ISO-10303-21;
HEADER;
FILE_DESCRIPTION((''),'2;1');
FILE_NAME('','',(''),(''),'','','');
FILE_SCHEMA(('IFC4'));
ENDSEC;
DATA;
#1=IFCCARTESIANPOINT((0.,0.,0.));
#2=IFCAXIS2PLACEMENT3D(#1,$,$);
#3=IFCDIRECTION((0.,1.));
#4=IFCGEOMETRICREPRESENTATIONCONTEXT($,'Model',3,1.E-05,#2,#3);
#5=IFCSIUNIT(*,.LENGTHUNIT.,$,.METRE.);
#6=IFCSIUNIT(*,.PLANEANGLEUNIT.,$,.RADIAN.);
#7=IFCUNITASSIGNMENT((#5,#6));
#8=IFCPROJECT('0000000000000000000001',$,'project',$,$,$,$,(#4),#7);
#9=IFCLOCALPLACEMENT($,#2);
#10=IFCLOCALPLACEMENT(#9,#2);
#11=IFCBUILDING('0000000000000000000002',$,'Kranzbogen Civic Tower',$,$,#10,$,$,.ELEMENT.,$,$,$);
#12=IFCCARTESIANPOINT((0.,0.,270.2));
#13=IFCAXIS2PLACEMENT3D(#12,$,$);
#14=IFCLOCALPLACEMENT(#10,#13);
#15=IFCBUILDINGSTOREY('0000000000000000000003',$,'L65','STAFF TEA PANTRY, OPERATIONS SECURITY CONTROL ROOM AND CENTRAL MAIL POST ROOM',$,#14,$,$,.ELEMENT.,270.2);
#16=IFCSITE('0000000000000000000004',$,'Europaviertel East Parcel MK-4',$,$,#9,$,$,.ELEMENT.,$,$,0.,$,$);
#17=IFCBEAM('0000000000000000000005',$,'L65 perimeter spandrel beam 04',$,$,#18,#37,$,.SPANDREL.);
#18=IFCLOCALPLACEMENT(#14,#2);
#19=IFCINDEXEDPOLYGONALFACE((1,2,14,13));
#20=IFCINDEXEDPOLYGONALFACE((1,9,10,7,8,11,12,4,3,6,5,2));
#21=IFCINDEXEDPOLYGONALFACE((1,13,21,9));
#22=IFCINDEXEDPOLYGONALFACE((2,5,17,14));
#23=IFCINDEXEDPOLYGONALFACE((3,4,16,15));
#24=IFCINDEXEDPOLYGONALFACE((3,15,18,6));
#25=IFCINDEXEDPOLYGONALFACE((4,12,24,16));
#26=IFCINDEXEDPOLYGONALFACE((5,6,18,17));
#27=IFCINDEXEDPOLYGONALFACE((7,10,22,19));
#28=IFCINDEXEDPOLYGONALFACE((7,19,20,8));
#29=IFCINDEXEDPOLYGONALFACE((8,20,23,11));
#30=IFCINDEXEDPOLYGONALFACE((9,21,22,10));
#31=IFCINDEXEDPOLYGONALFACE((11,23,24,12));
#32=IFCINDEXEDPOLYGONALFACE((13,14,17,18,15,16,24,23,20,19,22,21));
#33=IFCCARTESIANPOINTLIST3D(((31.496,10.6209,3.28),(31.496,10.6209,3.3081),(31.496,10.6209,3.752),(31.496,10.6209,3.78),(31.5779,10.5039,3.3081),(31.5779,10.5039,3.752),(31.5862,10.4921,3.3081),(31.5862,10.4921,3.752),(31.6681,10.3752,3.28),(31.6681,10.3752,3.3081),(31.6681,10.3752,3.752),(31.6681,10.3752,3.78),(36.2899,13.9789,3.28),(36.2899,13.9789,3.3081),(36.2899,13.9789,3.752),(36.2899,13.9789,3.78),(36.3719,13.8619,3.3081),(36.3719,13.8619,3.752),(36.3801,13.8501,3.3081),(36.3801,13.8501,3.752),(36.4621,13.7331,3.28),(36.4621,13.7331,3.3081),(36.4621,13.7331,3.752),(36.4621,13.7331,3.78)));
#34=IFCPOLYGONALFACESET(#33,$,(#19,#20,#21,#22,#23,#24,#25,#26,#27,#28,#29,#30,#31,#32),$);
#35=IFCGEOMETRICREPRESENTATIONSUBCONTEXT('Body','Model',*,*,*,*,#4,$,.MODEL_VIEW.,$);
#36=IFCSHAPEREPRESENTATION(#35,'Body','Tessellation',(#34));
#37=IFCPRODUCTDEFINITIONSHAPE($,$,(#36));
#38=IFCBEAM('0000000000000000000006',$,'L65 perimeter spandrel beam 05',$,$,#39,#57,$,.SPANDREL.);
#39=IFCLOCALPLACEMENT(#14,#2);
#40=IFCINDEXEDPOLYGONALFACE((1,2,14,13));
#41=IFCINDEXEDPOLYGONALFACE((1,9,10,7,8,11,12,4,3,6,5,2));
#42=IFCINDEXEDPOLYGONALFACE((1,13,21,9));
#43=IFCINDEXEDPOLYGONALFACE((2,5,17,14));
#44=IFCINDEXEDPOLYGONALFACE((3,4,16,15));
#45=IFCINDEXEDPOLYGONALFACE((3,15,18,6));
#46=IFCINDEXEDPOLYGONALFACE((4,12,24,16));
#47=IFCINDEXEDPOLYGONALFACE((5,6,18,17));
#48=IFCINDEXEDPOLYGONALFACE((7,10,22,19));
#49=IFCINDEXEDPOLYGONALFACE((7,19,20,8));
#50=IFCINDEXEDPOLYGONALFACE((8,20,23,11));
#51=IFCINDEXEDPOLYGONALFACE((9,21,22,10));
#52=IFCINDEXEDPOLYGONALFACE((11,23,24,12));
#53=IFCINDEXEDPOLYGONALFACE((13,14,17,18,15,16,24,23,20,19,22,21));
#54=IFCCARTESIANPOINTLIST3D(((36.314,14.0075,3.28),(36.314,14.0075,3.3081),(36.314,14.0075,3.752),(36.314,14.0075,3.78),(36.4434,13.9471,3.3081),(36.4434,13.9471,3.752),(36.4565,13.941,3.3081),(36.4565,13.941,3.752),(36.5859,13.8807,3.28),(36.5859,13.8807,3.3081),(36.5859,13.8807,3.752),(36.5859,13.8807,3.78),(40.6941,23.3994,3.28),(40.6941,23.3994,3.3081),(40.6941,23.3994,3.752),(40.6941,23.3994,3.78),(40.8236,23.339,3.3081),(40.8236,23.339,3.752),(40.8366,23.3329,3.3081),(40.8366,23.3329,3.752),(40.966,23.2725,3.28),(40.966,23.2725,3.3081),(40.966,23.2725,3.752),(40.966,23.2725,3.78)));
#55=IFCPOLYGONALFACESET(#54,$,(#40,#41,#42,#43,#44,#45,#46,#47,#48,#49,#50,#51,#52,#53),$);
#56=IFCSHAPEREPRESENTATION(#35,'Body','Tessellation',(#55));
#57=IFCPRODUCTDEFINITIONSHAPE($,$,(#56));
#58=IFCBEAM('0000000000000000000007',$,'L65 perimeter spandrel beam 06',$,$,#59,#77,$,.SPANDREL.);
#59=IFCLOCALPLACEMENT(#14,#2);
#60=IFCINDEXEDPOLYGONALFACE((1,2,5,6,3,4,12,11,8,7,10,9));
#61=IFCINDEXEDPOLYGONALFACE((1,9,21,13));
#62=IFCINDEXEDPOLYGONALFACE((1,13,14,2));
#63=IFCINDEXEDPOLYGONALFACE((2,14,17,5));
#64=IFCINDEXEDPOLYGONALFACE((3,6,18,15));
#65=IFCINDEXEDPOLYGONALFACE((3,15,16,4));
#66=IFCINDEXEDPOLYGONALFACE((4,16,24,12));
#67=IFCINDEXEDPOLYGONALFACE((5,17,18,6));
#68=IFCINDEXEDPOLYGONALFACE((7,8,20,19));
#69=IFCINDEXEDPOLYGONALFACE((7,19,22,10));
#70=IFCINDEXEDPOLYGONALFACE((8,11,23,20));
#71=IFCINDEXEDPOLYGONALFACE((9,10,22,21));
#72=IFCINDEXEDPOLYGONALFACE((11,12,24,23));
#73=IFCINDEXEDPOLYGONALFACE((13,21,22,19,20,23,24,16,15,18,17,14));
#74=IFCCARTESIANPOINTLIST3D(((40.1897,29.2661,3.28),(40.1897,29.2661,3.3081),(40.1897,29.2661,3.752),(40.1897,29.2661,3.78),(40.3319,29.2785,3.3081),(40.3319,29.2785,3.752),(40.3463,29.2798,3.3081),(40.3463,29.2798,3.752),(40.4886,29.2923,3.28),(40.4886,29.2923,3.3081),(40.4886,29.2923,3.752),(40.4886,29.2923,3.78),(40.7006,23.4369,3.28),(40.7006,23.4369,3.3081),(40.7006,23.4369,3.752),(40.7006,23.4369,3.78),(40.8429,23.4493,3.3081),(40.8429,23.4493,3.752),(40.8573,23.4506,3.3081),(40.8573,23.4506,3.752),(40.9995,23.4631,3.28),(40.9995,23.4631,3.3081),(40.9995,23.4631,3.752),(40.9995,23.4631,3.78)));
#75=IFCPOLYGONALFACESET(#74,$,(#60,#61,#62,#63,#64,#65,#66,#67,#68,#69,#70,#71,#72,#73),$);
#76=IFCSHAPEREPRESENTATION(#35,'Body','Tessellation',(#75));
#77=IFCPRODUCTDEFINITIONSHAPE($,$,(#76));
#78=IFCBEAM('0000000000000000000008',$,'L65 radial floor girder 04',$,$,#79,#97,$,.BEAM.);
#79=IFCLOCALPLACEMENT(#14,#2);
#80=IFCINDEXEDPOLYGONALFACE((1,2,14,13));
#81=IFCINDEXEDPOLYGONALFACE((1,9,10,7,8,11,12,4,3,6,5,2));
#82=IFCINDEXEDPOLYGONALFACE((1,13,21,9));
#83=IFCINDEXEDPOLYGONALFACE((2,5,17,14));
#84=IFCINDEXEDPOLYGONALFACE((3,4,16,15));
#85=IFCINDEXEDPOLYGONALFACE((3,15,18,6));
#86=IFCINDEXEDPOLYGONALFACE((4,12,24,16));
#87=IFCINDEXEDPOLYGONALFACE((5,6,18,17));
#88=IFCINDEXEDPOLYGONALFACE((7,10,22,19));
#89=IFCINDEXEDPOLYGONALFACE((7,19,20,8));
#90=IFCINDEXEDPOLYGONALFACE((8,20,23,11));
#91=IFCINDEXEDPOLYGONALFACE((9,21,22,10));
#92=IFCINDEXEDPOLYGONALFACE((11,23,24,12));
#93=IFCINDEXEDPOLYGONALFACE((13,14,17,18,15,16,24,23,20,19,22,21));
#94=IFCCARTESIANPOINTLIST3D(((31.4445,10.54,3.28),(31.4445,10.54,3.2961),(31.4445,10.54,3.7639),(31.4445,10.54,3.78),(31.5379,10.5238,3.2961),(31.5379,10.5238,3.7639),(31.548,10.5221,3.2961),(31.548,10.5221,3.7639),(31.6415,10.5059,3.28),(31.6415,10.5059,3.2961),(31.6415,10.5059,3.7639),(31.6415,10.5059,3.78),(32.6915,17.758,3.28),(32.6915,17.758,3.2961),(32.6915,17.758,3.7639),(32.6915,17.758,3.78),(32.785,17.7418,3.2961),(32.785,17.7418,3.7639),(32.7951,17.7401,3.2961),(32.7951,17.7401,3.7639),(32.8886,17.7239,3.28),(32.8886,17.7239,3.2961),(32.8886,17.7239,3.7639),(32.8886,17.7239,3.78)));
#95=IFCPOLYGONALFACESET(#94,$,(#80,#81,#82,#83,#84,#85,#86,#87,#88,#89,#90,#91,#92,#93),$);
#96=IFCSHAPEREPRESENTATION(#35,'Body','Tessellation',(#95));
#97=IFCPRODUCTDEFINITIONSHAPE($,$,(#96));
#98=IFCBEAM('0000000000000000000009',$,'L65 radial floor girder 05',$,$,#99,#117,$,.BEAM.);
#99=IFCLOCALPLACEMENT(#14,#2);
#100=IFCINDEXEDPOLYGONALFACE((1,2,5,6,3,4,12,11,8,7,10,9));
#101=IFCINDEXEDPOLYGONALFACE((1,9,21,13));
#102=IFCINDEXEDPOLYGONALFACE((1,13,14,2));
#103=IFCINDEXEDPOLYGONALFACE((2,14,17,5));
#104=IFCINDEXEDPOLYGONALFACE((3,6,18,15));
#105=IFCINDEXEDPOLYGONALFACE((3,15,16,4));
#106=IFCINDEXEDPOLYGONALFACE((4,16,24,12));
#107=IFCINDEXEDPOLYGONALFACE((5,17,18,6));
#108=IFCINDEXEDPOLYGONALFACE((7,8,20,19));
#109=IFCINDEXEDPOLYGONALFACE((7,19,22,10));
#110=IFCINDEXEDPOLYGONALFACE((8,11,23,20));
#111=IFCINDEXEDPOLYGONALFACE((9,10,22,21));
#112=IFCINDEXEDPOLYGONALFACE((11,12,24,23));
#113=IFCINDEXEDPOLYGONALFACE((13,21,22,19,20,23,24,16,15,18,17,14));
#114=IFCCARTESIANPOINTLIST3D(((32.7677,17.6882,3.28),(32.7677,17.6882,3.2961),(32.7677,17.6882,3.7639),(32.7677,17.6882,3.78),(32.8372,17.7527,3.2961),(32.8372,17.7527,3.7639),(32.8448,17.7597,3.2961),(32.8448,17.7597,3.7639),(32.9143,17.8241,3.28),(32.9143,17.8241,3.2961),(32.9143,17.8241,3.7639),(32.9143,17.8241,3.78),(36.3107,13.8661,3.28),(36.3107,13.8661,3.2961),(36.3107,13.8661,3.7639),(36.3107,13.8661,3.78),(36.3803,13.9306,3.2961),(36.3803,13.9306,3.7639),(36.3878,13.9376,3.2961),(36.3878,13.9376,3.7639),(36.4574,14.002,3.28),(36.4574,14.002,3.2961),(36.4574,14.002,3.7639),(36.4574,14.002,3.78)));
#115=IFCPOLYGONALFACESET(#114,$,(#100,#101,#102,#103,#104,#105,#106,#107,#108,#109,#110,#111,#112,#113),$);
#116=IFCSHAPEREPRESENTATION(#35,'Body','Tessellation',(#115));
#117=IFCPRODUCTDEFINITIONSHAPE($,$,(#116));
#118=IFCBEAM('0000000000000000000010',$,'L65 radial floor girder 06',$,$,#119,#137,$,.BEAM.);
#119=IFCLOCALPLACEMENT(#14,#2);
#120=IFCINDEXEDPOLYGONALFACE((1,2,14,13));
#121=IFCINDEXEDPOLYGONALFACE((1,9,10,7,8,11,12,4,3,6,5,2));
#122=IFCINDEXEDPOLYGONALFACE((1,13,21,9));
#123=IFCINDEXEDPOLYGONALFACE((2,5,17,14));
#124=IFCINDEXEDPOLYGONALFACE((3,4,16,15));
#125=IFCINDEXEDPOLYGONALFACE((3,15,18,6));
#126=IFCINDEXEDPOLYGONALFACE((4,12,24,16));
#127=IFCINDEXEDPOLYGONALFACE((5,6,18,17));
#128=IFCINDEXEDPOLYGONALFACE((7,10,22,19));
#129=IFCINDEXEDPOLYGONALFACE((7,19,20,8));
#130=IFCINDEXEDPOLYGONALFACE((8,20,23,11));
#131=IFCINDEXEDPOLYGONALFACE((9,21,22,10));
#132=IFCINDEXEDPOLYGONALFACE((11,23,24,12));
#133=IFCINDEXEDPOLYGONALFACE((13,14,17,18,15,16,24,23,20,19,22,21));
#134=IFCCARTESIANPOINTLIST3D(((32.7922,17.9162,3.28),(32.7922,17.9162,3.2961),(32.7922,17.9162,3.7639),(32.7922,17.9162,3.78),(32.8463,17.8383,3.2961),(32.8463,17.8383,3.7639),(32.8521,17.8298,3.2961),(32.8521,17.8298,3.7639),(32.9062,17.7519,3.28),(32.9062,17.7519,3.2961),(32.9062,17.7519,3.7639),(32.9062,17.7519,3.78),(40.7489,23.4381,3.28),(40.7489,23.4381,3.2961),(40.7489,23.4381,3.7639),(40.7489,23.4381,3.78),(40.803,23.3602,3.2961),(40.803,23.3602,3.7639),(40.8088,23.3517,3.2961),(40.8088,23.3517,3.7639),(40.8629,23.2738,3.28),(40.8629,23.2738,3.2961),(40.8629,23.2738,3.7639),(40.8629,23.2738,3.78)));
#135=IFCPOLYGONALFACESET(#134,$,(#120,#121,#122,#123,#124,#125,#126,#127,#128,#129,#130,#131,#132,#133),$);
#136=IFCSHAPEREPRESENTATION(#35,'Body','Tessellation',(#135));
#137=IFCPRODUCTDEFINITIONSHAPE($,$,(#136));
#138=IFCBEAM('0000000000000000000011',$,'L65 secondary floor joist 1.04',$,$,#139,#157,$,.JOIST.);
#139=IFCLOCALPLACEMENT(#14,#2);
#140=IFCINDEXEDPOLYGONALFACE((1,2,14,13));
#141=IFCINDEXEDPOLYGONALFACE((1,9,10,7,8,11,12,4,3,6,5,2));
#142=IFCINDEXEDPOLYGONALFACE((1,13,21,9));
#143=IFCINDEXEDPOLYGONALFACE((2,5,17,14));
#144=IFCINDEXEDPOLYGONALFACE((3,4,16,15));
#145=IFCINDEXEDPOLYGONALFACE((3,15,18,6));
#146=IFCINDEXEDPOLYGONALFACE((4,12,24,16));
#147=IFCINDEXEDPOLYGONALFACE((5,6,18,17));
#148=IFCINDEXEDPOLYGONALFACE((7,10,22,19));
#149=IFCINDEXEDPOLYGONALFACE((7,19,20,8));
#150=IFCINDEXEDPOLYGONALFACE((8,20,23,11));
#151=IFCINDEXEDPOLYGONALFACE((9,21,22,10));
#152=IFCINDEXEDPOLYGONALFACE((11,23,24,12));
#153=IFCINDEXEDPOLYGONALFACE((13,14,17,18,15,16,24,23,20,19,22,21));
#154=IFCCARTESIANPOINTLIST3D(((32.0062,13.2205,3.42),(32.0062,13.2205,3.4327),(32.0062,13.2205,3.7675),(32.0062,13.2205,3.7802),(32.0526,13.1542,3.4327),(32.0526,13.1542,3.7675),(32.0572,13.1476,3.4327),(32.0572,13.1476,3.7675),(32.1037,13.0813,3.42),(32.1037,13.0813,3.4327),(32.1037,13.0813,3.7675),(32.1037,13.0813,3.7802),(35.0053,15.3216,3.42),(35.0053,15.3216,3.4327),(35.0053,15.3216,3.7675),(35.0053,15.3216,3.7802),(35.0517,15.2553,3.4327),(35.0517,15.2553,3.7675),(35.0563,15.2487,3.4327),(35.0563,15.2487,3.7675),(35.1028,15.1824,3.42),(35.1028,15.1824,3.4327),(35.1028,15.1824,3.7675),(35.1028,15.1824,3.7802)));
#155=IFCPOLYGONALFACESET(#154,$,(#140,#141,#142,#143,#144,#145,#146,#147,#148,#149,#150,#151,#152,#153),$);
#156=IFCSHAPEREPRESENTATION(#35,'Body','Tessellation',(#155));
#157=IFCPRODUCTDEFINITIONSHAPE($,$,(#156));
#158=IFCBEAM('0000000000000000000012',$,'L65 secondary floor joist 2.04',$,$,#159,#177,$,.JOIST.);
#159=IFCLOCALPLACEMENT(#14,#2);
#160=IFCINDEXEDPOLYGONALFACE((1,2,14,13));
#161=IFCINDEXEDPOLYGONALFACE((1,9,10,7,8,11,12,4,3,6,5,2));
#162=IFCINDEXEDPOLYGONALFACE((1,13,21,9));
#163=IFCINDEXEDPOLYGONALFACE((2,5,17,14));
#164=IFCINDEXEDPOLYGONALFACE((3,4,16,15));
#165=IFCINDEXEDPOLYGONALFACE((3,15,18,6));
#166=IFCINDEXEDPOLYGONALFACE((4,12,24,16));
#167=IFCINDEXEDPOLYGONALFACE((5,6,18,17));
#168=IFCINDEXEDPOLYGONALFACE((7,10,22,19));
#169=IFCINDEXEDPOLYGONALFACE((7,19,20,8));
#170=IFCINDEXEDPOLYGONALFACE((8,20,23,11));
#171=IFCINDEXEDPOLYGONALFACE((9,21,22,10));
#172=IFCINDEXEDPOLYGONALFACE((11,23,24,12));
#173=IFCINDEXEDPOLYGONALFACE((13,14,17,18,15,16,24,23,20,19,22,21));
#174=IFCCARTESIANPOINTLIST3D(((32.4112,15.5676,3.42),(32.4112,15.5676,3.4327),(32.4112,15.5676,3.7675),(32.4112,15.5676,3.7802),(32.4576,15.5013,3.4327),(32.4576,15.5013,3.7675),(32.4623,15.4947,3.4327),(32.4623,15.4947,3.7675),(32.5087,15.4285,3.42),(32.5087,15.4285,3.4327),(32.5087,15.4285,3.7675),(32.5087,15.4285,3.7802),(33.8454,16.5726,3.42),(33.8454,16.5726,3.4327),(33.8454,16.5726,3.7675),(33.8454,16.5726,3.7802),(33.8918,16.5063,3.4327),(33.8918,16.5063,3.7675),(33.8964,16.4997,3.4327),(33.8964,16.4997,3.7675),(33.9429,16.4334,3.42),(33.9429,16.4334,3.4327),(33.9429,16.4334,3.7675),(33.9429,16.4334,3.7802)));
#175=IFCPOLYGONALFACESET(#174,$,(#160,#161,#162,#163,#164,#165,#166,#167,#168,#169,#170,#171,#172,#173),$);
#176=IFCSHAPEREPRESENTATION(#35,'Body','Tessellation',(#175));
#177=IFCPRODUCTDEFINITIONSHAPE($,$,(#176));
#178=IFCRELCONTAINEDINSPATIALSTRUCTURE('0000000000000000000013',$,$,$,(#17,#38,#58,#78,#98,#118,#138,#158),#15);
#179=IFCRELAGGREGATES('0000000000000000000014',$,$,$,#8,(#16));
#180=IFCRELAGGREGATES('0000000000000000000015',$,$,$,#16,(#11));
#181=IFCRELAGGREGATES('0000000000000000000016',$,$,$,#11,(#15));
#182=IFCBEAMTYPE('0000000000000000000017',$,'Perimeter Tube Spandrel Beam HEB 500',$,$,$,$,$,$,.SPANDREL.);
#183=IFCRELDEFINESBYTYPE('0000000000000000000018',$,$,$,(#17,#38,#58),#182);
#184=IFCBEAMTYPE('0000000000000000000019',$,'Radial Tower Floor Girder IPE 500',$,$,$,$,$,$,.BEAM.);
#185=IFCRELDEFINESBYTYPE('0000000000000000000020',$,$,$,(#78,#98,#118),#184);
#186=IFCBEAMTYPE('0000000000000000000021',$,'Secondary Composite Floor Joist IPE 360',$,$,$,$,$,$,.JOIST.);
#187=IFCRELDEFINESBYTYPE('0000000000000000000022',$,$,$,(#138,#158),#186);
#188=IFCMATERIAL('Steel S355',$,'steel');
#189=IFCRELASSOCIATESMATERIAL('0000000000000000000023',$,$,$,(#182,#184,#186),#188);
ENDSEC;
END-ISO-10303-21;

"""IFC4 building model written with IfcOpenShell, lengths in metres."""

from ifc_helpers import new_model, si_unit, direction, frame, origin, origin_2d, place, context, subcontext, project, spatial, i_section, extrude, material, material_profile, profile_set, type_object, element, save


model = new_model("IFC4")

# Units and contexts
model_context = context("Model", 3, precision=1e-05, world=origin(), true_north=direction((0.0, 1.0)))
body_context = subcontext(model_context, "Body", "Model", "MODEL_VIEW")
ifc_project = project(units=[si_unit("LENGTHUNIT", "METRE"), si_unit("PLANEANGLEUNIT", "RADIAN")], contexts=[model_context])

# Site, building, storey
site_placement = place(None, origin())
site = spatial("IfcSite", under=ifc_project, at=site_placement, Name="Europaviertel East Parcel MK-4", CompositionType="ELEMENT", RefElevation=0.0)
building_placement = place(site_placement, origin())
building = spatial("IfcBuilding", under=site, at=building_placement, Name="Kranzbogen Civic Tower", CompositionType="ELEMENT")
storey_placement = place(building_placement, frame((0.0, 0.0, 270.2)))
storey = spatial("IfcBuildingStorey", under=building, at=storey_placement, Name="L65", Description="STAFF TEA PANTRY, OPERATIONS SECURITY CONTROL ROOM AND CENTRAL MAIL POST ROOM", CompositionType="ELEMENT", Elevation=270.2)

# Shared definitions
ifc_material_1 = material(Name="Steel S355", Category="steel")

# Beams
ifc_material_profile_1 = material_profile(ifc_material_1, i_section(OverallWidth=0.3, OverallDepth=0.5, WebThickness=0.0144, FlangeThickness=0.0281, at=origin_2d()), Name="HEB 500")
ifc_profile_set_1 = profile_set([ifc_material_profile_1], Name="Steel S355")
beam_type_1 = type_object("IfcBeamType", Name="Perimeter Tube Spandrel Beam HEB 500", PredefinedType="SPANDREL", material=ifc_profile_set_1)
beam_1_placement = place(storey_placement, frame((31.582, 10.498, 3.53), z_axis=(0.819059, 0.573709, 0.0), x_axis=(-0.573709, 0.819059, 0.0)))
element("IfcBeam", 1, at=beam_1_placement, inside=storey, type_object=beam_type_1, Name="L65 perimeter spandrel beam 04", PredefinedType="SPANDREL", context=body_context, shape_type="SweptSolid", body=[
    extrude(i_section(OverallWidth=0.3, OverallDepth=0.5, WebThickness=0.0144, FlangeThickness=0.0281, at=origin_2d()), origin(), (0.0, 0.0, 1.0), 5.853),
])
beam_2_placement = place(storey_placement, frame((36.45, 13.9441, 3.53), z_axis=(0.422669, 0.906284, 0.0), x_axis=(-0.906284, 0.422669, 0.0)))
element("IfcBeam", 2, at=beam_2_placement, inside=storey, type_object=beam_type_1, Name="L65 perimeter spandrel beam 05", PredefinedType="SPANDREL", context=body_context, shape_type="SweptSolid", body=[
    extrude(i_section(OverallWidth=0.3, OverallDepth=0.5, WebThickness=0.0144, FlangeThickness=0.0281, at=origin_2d()), origin(), (0.0, 0.0, 1.0), 10.363),
])
beam_3_placement = place(storey_placement, frame((40.8501, 23.45, 3.53), z_axis=(-0.087326, 0.99618, 0.0), x_axis=(-0.99618, -0.087326, 0.0)))
element("IfcBeam", 3, at=beam_3_placement, inside=storey, type_object=beam_type_1, Name="L65 perimeter spandrel beam 06", PredefinedType="SPANDREL", context=body_context, shape_type="SweptSolid", body=[
    extrude(i_section(OverallWidth=0.3, OverallDepth=0.5, WebThickness=0.0144, FlangeThickness=0.0281, at=origin_2d()), origin(), (0.0, 0.0, 1.0), 5.8516),
])
ifc_material_profile_2 = material_profile(ifc_material_1, i_section(OverallWidth=0.2, OverallDepth=0.5, WebThickness=0.0103, FlangeThickness=0.0161, at=origin_2d()), Name="IPE 500")
ifc_profile_set_2 = profile_set([ifc_material_profile_2], Name="Steel S355")
beam_type_2 = type_object("IfcBeamType", Name="Radial Tower Floor Girder IPE 500", PredefinedType="BEAM", material=ifc_profile_set_2)
beam_4_placement = place(storey_placement, frame((31.543, 10.5229, 3.53), z_axis=(0.17025, 0.985401, 0.0), x_axis=(-0.985401, 0.17025, 0.0)))
element("IfcBeam", 4, at=beam_4_placement, inside=storey, type_object=beam_type_2, Name="L65 radial floor girder 04", PredefinedType="BEAM", context=body_context, shape_type="SweptSolid", body=[
    extrude(i_section(OverallWidth=0.2, OverallDepth=0.5, WebThickness=0.0103, FlangeThickness=0.0161, at=origin_2d()), origin(), (0.0, 0.0, 1.0), 7.325),
])
beam_5_placement = place(storey_placement, frame((36.384, 13.9341, 3.53), z_axis=(-0.679827, 0.733372, 0.0), x_axis=(-0.733372, -0.679827, 0.0)))
element("IfcBeam", 5, at=beam_5_placement, inside=storey, type_object=beam_type_2, Name="L65 radial floor girder 05", PredefinedType="BEAM", context=body_context, shape_type="SweptSolid", body=[
    extrude(i_section(OverallWidth=0.2, OverallDepth=0.5, WebThickness=0.0103, FlangeThickness=0.0161, at=origin_2d()), origin(), (0.0, 0.0, 1.0), 5.2117),
])
beam_6_placement = place(storey_placement, frame((40.8059, 23.356, 3.53), z_axis=(-0.821543, -0.570147, 0.0), x_axis=(0.570147, -0.821543, 0.0)))
element("IfcBeam", 6, at=beam_6_placement, inside=storey, type_object=beam_type_2, Name="L65 radial floor girder 06", PredefinedType="BEAM", context=body_context, shape_type="SweptSolid", body=[
    extrude(i_section(OverallWidth=0.2, OverallDepth=0.5, WebThickness=0.0103, FlangeThickness=0.0161, at=origin_2d()), origin(), (0.0, 0.0, 1.0), 9.6851),
])
ifc_material_profile_3 = material_profile(ifc_material_1, i_section(OverallWidth=0.1699, OverallDepth=0.3601, WebThickness=0.0081, FlangeThickness=0.0127, at=origin_2d()), Name="IPE 360")
ifc_profile_set_3 = profile_set([ifc_material_profile_3], Name="Steel S355")
beam_type_3 = type_object("IfcBeamType", Name="Secondary Composite Floor Joist IPE 360", PredefinedType="JOIST", material=ifc_profile_set_3)
beam_7_placement = place(storey_placement, frame((32.0549, 13.1509, 3.6001), z_axis=(0.819006, 0.573784, 0.0), x_axis=(-0.573784, 0.819006, 0.0)))
element("IfcBeam", 7, at=beam_7_placement, inside=storey, type_object=beam_type_3, Name="L65 secondary floor joist 1.04", PredefinedType="JOIST", context=body_context, shape_type="SweptSolid", body=[
    extrude(i_section(OverallWidth=0.1699, OverallDepth=0.3601, WebThickness=0.0081, FlangeThickness=0.0127, at=origin_2d()), origin(), (0.0, 0.0, 1.0), 3.6619),
])
beam_8_placement = place(storey_placement, frame((32.46, 15.498, 3.6001), z_axis=(0.818957, 0.573855, 0.0), x_axis=(-0.573855, 0.818957, 0.0)))
element("IfcBeam", 8, at=beam_8_placement, inside=storey, type_object=beam_type_3, Name="L65 secondary floor joist 2.04", PredefinedType="JOIST", context=body_context, shape_type="SweptSolid", body=[
    extrude(i_section(OverallWidth=0.1699, OverallDepth=0.3601, WebThickness=0.0081, FlangeThickness=0.0127, at=origin_2d()), origin(), (0.0, 0.0, 1.0), 1.7512),
])

save(model, "model.ifc")
